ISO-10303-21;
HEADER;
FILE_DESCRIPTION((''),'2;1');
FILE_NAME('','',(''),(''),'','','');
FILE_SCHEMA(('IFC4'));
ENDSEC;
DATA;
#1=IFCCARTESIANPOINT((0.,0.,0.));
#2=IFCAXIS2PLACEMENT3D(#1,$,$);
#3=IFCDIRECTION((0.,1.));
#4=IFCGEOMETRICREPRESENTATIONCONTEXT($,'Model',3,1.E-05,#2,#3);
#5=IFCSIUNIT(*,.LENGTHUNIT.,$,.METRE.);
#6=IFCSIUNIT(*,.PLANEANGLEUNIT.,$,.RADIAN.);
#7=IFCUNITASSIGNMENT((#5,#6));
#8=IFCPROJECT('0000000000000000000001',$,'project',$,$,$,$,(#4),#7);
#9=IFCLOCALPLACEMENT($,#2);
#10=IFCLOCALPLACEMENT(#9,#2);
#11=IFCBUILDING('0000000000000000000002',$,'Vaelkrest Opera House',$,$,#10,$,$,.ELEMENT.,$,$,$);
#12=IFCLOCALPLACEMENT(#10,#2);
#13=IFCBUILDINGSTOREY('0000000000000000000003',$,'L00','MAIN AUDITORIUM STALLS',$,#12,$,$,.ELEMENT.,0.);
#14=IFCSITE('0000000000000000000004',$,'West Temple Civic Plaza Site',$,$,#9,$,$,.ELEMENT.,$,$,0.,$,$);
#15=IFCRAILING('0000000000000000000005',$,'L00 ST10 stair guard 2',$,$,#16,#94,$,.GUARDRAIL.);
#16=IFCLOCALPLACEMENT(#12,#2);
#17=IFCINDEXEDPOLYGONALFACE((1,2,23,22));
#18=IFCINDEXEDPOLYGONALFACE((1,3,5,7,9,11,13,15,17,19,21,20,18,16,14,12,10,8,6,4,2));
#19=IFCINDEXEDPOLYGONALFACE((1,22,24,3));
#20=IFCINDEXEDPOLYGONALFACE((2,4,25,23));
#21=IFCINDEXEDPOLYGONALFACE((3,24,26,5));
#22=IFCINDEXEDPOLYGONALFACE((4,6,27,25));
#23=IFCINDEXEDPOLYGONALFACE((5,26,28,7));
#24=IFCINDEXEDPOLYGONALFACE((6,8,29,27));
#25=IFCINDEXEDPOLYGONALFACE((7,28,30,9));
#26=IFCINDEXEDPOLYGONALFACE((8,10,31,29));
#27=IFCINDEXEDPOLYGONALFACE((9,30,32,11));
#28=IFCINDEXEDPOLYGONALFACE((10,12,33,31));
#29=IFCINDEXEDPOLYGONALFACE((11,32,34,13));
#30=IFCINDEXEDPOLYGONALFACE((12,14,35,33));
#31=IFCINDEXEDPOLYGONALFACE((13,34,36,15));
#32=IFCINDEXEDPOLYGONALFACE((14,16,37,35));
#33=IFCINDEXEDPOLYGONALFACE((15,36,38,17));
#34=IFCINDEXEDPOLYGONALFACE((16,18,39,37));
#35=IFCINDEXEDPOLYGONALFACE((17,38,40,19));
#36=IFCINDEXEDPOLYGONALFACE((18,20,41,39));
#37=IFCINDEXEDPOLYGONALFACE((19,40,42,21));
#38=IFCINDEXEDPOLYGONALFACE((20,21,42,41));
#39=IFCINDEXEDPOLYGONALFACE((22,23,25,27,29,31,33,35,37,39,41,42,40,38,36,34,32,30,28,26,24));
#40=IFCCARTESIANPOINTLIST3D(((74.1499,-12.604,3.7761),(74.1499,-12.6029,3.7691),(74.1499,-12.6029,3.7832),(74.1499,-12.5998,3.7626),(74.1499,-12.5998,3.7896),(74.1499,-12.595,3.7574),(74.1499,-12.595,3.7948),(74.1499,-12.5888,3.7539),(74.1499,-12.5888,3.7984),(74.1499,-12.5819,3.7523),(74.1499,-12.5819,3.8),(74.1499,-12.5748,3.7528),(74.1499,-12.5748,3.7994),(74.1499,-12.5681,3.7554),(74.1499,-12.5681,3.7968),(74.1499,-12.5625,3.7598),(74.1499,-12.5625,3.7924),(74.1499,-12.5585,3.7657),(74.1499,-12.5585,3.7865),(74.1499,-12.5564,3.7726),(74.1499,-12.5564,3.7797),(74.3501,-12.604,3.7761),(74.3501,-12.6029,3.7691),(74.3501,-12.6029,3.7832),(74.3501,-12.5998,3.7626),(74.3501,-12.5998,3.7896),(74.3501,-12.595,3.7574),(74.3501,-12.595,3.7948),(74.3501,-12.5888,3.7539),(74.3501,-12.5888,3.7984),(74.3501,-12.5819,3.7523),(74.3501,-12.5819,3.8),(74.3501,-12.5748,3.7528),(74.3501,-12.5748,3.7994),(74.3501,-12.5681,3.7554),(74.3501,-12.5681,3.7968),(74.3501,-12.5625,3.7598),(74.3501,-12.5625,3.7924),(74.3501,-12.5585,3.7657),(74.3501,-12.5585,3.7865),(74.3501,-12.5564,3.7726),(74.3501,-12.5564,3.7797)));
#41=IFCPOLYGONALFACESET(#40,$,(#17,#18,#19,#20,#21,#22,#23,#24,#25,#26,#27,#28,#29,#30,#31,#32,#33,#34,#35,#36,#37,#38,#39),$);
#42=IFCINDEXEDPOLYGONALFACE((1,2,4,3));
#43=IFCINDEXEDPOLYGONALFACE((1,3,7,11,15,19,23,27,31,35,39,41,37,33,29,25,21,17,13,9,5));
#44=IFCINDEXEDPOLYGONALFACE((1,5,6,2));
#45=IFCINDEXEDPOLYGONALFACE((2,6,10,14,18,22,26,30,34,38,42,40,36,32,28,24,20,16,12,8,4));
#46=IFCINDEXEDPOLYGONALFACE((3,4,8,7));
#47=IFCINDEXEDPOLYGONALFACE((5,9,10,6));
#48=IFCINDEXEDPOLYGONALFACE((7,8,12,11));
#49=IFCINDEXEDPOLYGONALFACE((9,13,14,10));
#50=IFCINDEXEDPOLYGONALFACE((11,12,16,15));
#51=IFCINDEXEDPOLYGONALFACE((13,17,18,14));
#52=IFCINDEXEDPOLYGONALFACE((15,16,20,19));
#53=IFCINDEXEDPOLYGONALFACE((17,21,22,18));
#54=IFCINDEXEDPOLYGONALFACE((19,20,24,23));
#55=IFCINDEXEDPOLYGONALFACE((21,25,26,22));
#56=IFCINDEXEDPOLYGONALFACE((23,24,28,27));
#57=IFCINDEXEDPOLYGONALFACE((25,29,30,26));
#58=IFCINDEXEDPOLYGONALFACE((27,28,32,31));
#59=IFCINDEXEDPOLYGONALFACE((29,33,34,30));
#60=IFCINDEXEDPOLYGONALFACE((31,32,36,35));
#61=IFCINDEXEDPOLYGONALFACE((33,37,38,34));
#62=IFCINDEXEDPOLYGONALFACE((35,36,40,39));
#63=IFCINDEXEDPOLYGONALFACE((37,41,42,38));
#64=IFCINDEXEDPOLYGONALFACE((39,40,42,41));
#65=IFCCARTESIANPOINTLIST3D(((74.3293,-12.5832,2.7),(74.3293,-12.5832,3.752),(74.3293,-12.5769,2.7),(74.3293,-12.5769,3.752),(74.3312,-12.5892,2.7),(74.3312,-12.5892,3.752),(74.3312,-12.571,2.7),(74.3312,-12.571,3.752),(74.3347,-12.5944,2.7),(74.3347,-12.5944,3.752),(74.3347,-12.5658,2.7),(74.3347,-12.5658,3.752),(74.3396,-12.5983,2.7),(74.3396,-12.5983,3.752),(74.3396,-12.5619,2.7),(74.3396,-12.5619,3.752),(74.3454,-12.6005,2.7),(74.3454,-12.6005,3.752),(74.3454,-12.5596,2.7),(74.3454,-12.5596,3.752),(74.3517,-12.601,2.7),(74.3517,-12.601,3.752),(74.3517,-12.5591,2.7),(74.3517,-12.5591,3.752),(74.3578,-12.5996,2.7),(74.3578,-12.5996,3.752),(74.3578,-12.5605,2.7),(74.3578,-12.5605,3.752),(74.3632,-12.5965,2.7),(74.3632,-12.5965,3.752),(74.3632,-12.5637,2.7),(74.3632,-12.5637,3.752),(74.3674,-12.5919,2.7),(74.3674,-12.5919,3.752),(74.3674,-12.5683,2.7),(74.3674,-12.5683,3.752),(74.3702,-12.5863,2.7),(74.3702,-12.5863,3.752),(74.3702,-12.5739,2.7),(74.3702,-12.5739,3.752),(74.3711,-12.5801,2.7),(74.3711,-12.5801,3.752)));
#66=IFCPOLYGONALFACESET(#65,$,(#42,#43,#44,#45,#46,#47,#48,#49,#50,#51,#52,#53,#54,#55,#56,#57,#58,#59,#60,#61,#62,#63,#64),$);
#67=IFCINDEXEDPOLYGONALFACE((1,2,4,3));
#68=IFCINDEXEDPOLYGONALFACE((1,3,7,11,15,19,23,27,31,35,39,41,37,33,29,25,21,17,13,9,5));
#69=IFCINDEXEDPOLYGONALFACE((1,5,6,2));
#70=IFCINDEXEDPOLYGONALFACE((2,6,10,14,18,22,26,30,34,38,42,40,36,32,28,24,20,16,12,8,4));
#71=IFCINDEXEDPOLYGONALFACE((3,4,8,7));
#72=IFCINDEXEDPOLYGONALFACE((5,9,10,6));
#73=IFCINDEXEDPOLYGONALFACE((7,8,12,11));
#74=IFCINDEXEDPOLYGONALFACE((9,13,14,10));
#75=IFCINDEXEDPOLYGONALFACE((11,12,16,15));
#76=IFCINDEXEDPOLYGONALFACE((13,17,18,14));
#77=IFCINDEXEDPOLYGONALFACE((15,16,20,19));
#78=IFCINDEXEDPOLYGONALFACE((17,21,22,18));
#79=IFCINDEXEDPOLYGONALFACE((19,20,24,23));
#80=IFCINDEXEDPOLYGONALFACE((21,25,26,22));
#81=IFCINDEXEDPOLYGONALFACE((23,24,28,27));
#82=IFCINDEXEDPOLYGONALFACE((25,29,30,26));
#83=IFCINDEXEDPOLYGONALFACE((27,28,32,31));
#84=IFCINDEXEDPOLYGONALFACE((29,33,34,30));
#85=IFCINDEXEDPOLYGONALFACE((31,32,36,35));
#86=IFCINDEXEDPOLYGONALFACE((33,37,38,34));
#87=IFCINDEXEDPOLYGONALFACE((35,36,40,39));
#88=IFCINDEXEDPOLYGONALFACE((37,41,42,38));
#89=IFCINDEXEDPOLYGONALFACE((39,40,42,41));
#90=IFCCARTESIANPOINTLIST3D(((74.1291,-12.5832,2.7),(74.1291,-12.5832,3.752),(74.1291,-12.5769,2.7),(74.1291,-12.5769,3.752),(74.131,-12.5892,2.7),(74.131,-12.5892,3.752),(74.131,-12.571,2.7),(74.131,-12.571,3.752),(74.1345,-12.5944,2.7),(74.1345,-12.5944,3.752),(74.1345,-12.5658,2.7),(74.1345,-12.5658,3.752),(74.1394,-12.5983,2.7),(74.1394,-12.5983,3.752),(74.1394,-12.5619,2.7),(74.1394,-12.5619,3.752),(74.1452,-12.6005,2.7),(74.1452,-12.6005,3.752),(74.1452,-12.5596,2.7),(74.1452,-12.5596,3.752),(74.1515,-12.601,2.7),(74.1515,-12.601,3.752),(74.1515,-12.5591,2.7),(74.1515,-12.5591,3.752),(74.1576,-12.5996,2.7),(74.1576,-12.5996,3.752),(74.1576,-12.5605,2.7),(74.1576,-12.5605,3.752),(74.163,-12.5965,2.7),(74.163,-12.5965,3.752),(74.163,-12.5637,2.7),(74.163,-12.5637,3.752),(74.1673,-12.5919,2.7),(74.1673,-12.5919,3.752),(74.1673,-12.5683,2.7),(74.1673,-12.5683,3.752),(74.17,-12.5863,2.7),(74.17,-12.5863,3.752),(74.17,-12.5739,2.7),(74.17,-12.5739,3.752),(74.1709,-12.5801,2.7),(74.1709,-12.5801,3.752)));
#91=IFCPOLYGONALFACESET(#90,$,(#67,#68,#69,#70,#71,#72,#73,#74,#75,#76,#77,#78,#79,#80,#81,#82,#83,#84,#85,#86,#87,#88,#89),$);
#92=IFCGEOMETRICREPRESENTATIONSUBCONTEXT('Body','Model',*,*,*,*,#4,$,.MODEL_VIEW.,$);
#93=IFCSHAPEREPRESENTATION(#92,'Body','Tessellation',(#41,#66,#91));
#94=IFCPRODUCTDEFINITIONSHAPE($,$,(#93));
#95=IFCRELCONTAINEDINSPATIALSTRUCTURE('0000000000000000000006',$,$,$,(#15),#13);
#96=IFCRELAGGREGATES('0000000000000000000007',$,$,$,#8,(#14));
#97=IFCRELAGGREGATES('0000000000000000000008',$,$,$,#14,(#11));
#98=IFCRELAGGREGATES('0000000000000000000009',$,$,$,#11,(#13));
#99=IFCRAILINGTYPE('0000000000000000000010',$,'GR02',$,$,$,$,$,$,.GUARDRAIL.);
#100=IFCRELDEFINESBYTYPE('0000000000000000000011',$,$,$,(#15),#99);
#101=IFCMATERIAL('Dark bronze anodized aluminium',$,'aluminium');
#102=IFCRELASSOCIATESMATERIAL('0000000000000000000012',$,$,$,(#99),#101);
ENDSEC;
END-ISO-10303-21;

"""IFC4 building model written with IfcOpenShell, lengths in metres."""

from ifc_helpers import new_model, si_unit, direction, frame, origin, origin_2d, place, context, subcontext, project, spatial, circle, extrude, material, type_object, element, save


model = new_model("IFC4")

# Units and contexts
model_context = context("Model", 3, precision=1e-05, world=origin(), true_north=direction((0.0, 1.0)))
body_context = subcontext(model_context, "Body", "Model", "MODEL_VIEW")
ifc_project = project(units=[si_unit("LENGTHUNIT", "METRE"), si_unit("PLANEANGLEUNIT", "RADIAN")], contexts=[model_context])

# Site, building, storey
site_placement = place(None, origin())
site = spatial("IfcSite", under=ifc_project, at=site_placement, Name="West Temple Civic Plaza Site", CompositionType="ELEMENT", RefElevation=0.0)
building_placement = place(site_placement, origin())
building = spatial("IfcBuilding", under=site, at=building_placement, Name="Vaelkrest Opera House", CompositionType="ELEMENT")
storey_placement = place(building_placement, origin())
storey = spatial("IfcBuildingStorey", under=building, at=storey_placement, Name="L00", Description="MAIN AUDITORIUM STALLS", CompositionType="ELEMENT", Elevation=0.0)

# Railing
ifc_material_1 = material(Name="Dark bronze anodized aluminium", Category="aluminium")
railing_type_1 = type_object("IfcRailingType", Name="GR02", PredefinedType="GUARDRAIL", material=ifc_material_1)
railing_1_placement = place(storey_placement, frame((74.3501, -12.5801, 2.7)))
element("IfcRailing", 1, at=railing_1_placement, inside=storey, type_object=railing_type_1, Name="L00 ST10 stair guard 2", PredefinedType="GUARDRAIL", context=body_context, shape_type="SweptSolid", body=[
    extrude(circle(Radius=0.0239, at=origin_2d()), frame((0.0, 0.0, 1.0762), z_axis=(-1.0, 0.0, 0.0), x_axis=(0.0, -1.0, 0.0)), (0.0, 0.0, 1.0), 0.2002),
    extrude(circle(Radius=0.021, at=origin_2d()), origin(), (0.0, 0.0, 1.0), 1.052),
    extrude(circle(Radius=0.021, at=origin_2d()), frame((-0.2002, 0.0, 0.0)), (0.0, 0.0, 1.0), 1.052),
])

save(model, "model.ifc")
